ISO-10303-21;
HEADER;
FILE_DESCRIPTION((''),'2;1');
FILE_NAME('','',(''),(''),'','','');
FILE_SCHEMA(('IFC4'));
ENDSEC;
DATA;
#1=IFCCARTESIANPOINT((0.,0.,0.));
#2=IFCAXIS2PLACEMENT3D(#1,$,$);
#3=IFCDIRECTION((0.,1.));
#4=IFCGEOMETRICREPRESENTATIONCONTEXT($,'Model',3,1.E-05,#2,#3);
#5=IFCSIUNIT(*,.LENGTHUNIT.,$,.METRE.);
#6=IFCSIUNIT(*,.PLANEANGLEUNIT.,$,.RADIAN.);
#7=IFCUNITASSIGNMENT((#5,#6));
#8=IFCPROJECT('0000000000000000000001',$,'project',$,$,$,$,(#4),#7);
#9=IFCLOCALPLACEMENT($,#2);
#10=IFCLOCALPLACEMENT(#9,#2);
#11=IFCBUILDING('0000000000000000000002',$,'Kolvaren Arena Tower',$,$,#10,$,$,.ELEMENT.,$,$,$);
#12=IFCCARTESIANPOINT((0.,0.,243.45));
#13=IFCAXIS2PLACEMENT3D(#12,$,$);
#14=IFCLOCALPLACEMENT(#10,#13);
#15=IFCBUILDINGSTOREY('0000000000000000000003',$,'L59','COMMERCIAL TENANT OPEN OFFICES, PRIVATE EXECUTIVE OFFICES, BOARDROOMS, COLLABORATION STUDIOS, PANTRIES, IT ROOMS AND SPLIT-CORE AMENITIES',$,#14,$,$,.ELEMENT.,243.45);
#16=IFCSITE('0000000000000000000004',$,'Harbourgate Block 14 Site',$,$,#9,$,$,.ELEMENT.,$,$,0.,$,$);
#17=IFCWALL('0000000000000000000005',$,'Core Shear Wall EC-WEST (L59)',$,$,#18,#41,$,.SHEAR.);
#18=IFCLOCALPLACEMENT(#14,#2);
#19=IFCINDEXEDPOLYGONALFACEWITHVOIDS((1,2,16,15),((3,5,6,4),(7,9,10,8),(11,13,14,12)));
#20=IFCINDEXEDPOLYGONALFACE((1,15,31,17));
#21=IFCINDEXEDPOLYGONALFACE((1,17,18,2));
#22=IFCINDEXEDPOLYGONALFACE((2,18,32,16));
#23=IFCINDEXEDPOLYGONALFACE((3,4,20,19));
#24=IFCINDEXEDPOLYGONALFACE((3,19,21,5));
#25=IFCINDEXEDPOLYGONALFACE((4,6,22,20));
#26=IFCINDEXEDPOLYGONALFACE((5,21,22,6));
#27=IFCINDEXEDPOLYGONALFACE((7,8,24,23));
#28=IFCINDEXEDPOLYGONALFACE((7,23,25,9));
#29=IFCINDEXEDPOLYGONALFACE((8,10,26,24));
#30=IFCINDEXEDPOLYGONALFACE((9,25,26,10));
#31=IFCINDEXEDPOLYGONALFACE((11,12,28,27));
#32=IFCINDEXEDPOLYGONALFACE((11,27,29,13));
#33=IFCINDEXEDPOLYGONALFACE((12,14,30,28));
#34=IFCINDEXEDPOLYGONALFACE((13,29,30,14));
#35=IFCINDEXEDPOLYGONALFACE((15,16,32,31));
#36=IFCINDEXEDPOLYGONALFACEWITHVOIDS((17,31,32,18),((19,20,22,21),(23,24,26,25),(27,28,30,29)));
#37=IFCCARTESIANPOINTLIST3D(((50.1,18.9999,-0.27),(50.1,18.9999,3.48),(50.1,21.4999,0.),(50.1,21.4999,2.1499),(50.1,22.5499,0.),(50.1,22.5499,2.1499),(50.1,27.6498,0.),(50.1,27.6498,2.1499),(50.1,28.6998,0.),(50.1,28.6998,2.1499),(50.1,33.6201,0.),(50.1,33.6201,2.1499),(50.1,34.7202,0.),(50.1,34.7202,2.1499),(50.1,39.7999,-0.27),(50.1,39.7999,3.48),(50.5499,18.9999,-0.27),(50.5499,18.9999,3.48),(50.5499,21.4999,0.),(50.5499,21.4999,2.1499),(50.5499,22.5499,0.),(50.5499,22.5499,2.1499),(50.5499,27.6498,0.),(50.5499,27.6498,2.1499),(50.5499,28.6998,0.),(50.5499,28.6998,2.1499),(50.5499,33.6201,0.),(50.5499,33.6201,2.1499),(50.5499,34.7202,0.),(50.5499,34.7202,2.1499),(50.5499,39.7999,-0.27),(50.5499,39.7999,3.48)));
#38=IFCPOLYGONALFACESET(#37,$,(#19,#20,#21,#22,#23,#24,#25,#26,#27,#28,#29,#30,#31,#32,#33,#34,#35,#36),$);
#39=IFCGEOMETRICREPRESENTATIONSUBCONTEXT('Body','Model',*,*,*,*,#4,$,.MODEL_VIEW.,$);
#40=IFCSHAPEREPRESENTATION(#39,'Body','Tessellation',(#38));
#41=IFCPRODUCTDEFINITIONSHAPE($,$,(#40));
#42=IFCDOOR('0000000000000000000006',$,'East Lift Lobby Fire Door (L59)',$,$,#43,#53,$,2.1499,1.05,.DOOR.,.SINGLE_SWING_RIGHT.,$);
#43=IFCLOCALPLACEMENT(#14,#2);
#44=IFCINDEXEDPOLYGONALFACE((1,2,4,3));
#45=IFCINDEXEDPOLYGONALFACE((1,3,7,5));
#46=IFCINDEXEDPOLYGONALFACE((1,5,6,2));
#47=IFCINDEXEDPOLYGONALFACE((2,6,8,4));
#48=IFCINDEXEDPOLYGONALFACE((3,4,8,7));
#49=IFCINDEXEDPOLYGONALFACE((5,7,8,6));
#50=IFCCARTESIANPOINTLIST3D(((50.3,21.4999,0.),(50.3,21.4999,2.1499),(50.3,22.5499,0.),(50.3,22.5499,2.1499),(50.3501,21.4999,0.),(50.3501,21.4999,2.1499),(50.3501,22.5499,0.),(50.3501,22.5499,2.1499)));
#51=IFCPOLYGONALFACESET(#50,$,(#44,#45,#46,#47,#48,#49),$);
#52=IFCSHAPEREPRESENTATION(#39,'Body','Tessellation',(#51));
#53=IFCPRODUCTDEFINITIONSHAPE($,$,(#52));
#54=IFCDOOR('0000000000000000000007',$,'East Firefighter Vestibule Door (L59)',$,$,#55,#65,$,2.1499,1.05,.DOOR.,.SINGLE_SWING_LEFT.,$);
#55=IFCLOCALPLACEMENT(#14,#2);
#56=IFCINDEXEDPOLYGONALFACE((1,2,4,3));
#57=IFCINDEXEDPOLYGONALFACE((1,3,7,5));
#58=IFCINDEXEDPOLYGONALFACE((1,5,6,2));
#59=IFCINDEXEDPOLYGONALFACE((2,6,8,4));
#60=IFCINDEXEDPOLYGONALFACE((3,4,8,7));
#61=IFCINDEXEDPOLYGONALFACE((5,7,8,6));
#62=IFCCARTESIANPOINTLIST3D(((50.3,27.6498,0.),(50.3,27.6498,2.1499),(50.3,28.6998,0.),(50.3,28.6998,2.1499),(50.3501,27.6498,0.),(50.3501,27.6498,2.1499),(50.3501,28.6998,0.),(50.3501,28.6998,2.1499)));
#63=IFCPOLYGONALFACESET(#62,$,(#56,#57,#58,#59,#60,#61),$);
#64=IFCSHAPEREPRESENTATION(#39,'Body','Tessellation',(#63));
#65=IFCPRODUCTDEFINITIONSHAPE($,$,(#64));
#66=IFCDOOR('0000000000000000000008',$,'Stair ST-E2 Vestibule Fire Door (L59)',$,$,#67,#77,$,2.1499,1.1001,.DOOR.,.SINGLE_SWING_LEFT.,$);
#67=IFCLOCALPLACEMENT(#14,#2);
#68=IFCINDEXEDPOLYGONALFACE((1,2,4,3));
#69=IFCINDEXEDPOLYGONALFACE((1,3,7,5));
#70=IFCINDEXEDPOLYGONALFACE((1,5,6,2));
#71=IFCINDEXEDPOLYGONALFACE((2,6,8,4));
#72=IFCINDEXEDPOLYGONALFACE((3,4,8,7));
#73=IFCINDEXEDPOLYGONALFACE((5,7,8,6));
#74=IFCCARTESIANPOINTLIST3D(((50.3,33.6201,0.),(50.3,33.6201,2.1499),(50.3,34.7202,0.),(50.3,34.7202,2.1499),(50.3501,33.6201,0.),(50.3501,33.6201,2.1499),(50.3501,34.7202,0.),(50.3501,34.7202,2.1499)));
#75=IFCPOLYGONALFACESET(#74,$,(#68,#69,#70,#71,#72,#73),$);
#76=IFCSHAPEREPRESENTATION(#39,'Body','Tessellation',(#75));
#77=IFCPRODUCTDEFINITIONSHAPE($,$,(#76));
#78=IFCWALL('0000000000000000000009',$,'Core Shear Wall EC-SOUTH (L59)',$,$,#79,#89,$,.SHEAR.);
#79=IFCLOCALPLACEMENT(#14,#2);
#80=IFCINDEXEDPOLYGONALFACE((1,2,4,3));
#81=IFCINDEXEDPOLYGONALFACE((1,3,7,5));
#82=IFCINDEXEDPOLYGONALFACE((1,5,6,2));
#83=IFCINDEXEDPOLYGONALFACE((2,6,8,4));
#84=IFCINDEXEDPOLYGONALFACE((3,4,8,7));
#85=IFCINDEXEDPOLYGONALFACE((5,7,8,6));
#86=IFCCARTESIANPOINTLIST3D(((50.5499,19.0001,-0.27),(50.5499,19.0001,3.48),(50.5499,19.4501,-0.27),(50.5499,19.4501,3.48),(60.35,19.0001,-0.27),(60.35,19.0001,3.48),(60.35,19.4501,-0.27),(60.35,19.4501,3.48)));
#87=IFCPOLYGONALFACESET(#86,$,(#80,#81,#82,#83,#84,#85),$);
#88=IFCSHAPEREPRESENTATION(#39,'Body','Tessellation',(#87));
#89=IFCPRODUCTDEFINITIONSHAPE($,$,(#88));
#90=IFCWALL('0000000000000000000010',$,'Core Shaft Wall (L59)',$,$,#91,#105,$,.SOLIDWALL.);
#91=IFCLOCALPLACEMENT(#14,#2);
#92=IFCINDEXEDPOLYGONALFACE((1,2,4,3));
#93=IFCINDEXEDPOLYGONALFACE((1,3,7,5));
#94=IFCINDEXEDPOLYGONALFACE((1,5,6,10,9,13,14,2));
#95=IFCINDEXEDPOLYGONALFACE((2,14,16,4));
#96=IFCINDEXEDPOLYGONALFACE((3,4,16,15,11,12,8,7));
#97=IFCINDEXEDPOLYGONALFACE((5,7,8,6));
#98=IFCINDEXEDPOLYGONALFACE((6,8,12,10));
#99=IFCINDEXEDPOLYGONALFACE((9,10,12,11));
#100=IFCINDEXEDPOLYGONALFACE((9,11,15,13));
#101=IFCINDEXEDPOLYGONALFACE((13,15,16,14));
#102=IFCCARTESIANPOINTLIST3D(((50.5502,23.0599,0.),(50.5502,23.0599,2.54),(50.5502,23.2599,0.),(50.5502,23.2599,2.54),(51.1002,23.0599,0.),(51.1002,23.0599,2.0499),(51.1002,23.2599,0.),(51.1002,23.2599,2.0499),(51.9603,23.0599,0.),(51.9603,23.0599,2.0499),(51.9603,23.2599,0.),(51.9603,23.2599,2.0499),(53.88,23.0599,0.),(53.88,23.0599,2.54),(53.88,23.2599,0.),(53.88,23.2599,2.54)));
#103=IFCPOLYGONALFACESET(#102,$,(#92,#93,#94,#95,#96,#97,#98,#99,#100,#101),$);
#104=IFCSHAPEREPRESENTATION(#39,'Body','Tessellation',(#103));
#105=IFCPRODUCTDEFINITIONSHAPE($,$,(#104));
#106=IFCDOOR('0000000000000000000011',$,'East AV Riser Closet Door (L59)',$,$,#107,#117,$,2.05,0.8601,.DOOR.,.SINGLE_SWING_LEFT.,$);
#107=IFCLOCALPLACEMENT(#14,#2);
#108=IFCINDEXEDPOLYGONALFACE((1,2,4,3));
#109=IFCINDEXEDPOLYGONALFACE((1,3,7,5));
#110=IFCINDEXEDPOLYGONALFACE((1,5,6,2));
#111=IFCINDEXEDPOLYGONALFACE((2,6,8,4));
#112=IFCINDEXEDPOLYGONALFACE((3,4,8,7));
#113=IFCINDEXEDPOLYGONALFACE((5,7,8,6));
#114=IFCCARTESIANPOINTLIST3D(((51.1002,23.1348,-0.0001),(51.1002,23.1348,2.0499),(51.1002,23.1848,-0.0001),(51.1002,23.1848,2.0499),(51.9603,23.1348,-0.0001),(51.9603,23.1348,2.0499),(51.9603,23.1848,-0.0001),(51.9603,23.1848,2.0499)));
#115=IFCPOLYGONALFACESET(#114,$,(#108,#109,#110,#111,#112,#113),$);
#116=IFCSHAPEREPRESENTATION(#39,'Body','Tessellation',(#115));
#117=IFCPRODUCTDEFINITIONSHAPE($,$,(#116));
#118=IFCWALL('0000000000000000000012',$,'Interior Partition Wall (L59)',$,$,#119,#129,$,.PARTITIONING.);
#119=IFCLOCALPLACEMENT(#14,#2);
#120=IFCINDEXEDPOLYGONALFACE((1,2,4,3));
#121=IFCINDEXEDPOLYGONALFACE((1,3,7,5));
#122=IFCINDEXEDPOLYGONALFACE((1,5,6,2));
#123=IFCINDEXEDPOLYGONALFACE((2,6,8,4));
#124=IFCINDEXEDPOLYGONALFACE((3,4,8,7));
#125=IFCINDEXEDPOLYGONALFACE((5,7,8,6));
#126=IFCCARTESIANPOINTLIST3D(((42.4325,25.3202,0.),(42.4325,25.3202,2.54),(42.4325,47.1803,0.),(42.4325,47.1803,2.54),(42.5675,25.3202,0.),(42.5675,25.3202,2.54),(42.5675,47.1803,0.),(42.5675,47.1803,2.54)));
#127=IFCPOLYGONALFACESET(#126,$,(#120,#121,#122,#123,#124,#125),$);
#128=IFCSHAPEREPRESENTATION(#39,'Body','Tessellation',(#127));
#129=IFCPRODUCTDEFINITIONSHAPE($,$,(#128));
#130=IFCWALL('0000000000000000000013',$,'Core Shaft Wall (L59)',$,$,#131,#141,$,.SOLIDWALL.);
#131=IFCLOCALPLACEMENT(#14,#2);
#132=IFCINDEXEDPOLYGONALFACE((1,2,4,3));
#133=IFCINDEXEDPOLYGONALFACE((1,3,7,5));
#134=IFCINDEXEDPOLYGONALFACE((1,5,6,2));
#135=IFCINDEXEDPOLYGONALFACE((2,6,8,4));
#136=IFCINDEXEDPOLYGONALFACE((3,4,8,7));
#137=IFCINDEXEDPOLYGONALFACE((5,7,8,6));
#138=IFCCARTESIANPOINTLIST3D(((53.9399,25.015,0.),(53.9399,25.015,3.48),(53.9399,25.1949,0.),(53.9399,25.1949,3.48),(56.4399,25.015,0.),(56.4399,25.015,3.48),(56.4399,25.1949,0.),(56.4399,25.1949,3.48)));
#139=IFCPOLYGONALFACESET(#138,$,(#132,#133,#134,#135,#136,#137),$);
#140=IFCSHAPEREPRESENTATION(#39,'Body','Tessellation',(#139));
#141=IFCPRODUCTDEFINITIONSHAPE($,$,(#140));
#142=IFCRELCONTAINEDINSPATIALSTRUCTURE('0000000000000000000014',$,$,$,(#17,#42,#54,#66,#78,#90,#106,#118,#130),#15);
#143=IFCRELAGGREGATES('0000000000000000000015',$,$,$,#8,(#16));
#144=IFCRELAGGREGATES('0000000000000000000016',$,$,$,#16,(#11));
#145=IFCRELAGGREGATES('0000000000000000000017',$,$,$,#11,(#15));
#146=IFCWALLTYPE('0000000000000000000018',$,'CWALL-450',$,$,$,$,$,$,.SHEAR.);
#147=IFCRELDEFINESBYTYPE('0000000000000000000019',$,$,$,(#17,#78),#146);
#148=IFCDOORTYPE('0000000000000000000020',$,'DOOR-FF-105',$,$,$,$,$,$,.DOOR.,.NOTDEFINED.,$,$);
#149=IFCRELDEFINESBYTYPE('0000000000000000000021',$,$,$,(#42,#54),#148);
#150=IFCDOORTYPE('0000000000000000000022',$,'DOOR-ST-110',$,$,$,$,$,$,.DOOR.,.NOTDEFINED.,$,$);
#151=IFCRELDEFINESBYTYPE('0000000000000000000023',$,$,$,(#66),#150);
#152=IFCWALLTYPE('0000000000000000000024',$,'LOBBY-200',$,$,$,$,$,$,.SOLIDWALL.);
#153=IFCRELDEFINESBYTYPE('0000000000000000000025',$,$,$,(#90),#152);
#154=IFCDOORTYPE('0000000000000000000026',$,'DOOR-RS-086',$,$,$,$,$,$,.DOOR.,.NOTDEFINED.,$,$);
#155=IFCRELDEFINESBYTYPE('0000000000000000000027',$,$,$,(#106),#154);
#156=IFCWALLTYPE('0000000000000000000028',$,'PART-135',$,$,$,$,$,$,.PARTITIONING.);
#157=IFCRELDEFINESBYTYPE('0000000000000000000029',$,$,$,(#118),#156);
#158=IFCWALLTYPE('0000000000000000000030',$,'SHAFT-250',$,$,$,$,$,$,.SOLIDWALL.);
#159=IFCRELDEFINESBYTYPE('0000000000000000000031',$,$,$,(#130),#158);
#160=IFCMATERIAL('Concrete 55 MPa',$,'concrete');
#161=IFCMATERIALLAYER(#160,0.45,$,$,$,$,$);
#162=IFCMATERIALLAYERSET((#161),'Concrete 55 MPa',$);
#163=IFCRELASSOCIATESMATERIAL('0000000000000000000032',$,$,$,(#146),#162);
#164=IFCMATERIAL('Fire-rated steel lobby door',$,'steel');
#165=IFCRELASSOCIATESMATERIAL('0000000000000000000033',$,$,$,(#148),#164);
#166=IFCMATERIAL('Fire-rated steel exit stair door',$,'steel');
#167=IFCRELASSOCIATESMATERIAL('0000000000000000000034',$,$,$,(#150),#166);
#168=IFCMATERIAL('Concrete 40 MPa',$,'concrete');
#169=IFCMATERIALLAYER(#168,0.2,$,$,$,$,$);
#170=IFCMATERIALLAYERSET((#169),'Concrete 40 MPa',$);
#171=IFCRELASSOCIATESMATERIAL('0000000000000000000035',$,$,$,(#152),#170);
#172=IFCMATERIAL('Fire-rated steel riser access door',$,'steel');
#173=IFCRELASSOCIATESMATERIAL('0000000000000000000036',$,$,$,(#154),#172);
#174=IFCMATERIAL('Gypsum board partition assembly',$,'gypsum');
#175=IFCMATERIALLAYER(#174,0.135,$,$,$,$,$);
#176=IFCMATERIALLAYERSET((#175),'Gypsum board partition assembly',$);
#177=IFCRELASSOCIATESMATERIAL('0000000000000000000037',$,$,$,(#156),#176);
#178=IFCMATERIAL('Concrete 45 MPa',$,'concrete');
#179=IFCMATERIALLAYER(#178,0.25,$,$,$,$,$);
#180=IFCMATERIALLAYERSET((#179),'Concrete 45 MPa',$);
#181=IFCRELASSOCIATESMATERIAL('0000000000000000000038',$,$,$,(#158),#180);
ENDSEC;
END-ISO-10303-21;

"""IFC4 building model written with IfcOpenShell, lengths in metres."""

from ifc_helpers import new_model, si_unit, direction, frame, frame_2d, origin, place, context, subcontext, project, spatial, rectangle, extrude, material, layer, layer_set, type_object, element, fill, save


model = new_model("IFC4")

# Units and contexts
model_context = context("Model", 3, precision=1e-05, world=origin(), true_north=direction((0.0, 1.0)))
body_context = subcontext(model_context, "Body", "Model", "MODEL_VIEW")
ifc_project = project(units=[si_unit("LENGTHUNIT", "METRE"), si_unit("PLANEANGLEUNIT", "RADIAN")], contexts=[model_context])

# Site, building, storey
site_placement = place(None, origin())
site = spatial("IfcSite", under=ifc_project, at=site_placement, Name="Harbourgate Block 14 Site", CompositionType="ELEMENT", RefElevation=0.0)
building_placement = place(site_placement, origin())
building = spatial("IfcBuilding", under=site, at=building_placement, Name="Kolvaren Arena Tower", CompositionType="ELEMENT")
storey_placement = place(building_placement, frame((0.0, 0.0, 243.45)))
storey = spatial("IfcBuildingStorey", under=building, at=storey_placement, Name="L59", Description="COMMERCIAL TENANT OPEN OFFICES, PRIVATE EXECUTIVE OFFICES, BOARDROOMS, COLLABORATION STUDIOS, PANTRIES, IT ROOMS AND SPLIT-CORE AMENITIES", CompositionType="ELEMENT", Elevation=243.45)

# Wall, openings, doors
ifc_material_1 = material(Name="Concrete 55 MPa", Category="concrete")
ifc_layer_1 = layer(ifc_material_1, 0.45)
ifc_layer_set_1 = layer_set([ifc_layer_1], Name="Concrete 55 MPa")
wall_type_1 = type_object("IfcWallType", Name="CWALL-450", PredefinedType="SHEAR", material=ifc_layer_set_1)
wall_1_placement = place(storey_placement, frame((50.325, 19.0, -0.27), z_axis=(0.0, 0.0, 1.0), x_axis=(0.0, 1.0, 0.0)))
wall_1 = element("IfcWall", 1, at=wall_1_placement, inside=storey, type_object=wall_type_1, Name="Core Shear Wall EC-WEST (L59)", PredefinedType="SHEAR", context=body_context, shape_type="SweptSolid", body=[
    extrude(rectangle(XDim=20.8, YDim=0.45, at=frame_2d((10.3999, 0.0))), origin(), (0.0, 0.0, 1.0), 3.75),
])
opening_1_placement = place(wall_1_placement, frame((2.5, 0.0, 0.27)))
opening_1 = element("IfcOpeningElement", 2, at=opening_1_placement, cuts=wall_1, PredefinedType="OPENING", context=body_context, shape_type="SweptSolid", body=[
    extrude(rectangle(XDim=1.05, YDim=2.1499, at=frame_2d((0.5249, 1.075))), frame((0.0, 0.2349, 0.0), z_axis=(0.0, -1.0, 0.0), x_axis=(1.0, 0.0, 0.0)), (0.0, 0.0, 1.0), 0.47),
])
opening_2_placement = place(wall_1_placement, frame((8.6499, 0.0, 0.27)))
opening_2 = element("IfcOpeningElement", 3, at=opening_2_placement, cuts=wall_1, PredefinedType="OPENING", context=body_context, shape_type="SweptSolid", body=[
    extrude(rectangle(XDim=1.05, YDim=2.1499, at=frame_2d((0.5249, 1.075))), frame((0.0, 0.2349, 0.0), z_axis=(0.0, -1.0, 0.0), x_axis=(1.0, 0.0, 0.0)), (0.0, 0.0, 1.0), 0.47),
])
opening_3_placement = place(wall_1_placement, frame((14.6201, 0.0, 0.27)))
opening_3 = element("IfcOpeningElement", 4, at=opening_3_placement, cuts=wall_1, PredefinedType="OPENING", context=body_context, shape_type="SweptSolid", body=[
    extrude(rectangle(XDim=1.1001, YDim=2.1499, at=frame_2d((0.55, 1.075))), frame((0.0, 0.2349, 0.0), z_axis=(0.0, -1.0, 0.0), x_axis=(1.0, 0.0, 0.0)), (0.0, 0.0, 1.0), 0.47),
])
ifc_material_2 = material(Name="Fire-rated steel lobby door", Category="steel")
door_type_1 = type_object("IfcDoorType", Name="DOOR-FF-105", OperationType="NOTDEFINED", PredefinedType="DOOR", material=ifc_material_2)
door_1_placement = place(opening_1_placement, origin())
door_1 = element("IfcDoor", 5, at=door_1_placement, inside=storey, type_object=door_type_1, Name="East Lift Lobby Fire Door (L59)", OperationType="SINGLE_SWING_RIGHT", OverallHeight=2.1499, OverallWidth=1.05, PredefinedType="DOOR", context=body_context, shape_type="SweptSolid", body=[
    extrude(rectangle(XDim=1.05, YDim=2.1499, at=frame_2d((0.5249, 1.075))), frame((0.0, 0.0249, 0.0), z_axis=(0.0, -1.0, 0.0), x_axis=(1.0, 0.0, 0.0)), (0.0, 0.0, 1.0), 0.05),
])
fill(opening_1, door_1)
door_2_placement = place(opening_2_placement, origin())
door_2 = element("IfcDoor", 6, at=door_2_placement, inside=storey, type_object=door_type_1, Name="East Firefighter Vestibule Door (L59)", OperationType="SINGLE_SWING_LEFT", OverallHeight=2.1499, OverallWidth=1.05, PredefinedType="DOOR", context=body_context, shape_type="SweptSolid", body=[
    extrude(rectangle(XDim=1.05, YDim=2.1499, at=frame_2d((0.5249, 1.075))), frame((0.0, 0.0249, 0.0), z_axis=(0.0, -1.0, 0.0), x_axis=(1.0, 0.0, 0.0)), (0.0, 0.0, 1.0), 0.05),
])
fill(opening_2, door_2)
ifc_material_3 = material(Name="Fire-rated steel exit stair door", Category="steel")
door_type_2 = type_object("IfcDoorType", Name="DOOR-ST-110", OperationType="NOTDEFINED", PredefinedType="DOOR", material=ifc_material_3)
door_3_placement = place(opening_3_placement, origin())
door_3 = element("IfcDoor", 7, at=door_3_placement, inside=storey, type_object=door_type_2, Name="Stair ST-E2 Vestibule Fire Door (L59)", OperationType="SINGLE_SWING_LEFT", OverallHeight=2.1499, OverallWidth=1.1001, PredefinedType="DOOR", context=body_context, shape_type="SweptSolid", body=[
    extrude(rectangle(XDim=1.1001, YDim=2.1499, at=frame_2d((0.55, 1.075))), frame((0.0, 0.0249, 0.0), z_axis=(0.0, -1.0, 0.0), x_axis=(1.0, 0.0, 0.0)), (0.0, 0.0, 1.0), 0.05),
])
fill(opening_3, door_3)

# Wall
wall_2_placement = place(storey_placement, frame((50.55, 19.2251, -0.27), z_axis=(0.0, 0.0, 1.0), x_axis=(1.0, 0.0, 0.0)))
element("IfcWall", 8, at=wall_2_placement, inside=storey, type_object=wall_type_1, Name="Core Shear Wall EC-SOUTH (L59)", PredefinedType="SHEAR", context=body_context, shape_type="SweptSolid", body=[
    extrude(rectangle(XDim=9.8, YDim=0.45, at=frame_2d((4.8999, 0.0))), origin(), (0.0, 0.0, 1.0), 3.75),
])

# Shared definitions
ifc_material_4 = material(Name="Concrete 40 MPa", Category="concrete")
ifc_layer_2 = layer(ifc_material_4, 0.2)
ifc_layer_set_2 = layer_set([ifc_layer_2], Name="Concrete 40 MPa")
wall_type_2 = type_object("IfcWallType", Name="LOBBY-200", PredefinedType="SOLIDWALL", material=ifc_layer_set_2)

# Wall, opening, door
wall_3_placement = place(storey_placement, frame((50.55, 23.1599, 0.0), z_axis=(0.0, 0.0, 1.0), x_axis=(1.0, 0.0, 0.0)))
wall_3 = element("IfcWall", 9, at=wall_3_placement, inside=storey, type_object=wall_type_2, Name="Core Shaft Wall (L59)", PredefinedType="SOLIDWALL", context=body_context, shape_type="SweptSolid", body=[
    extrude(rectangle(XDim=3.3298, YDim=0.2, at=frame_2d((1.665, 0.0))), origin(), (0.0, 0.0, 1.0), 2.54),
])
opening_4_placement = place(wall_3_placement, frame((0.55, 0.0, 0.0)))
opening_4 = element("IfcOpeningElement", 10, at=opening_4_placement, cuts=wall_3, PredefinedType="OPENING", context=body_context, shape_type="SweptSolid", body=[
    extrude(rectangle(XDim=0.8601, YDim=2.05, at=frame_2d((0.4302, 1.0249))), frame((0.0, 0.1099, 0.0), z_axis=(0.0, -1.0, 0.0), x_axis=(1.0, 0.0, 0.0)), (0.0, 0.0, 1.0), 0.22),
])
ifc_material_5 = material(Name="Fire-rated steel riser access door", Category="steel")
door_type_3 = type_object("IfcDoorType", Name="DOOR-RS-086", OperationType="NOTDEFINED", PredefinedType="DOOR", material=ifc_material_5)
door_4_placement = place(opening_4_placement, origin())
door_4 = element("IfcDoor", 11, at=door_4_placement, inside=storey, type_object=door_type_3, Name="East AV Riser Closet Door (L59)", OperationType="SINGLE_SWING_LEFT", OverallHeight=2.05, OverallWidth=0.8601, PredefinedType="DOOR", context=body_context, shape_type="SweptSolid", body=[
    extrude(rectangle(XDim=0.8601, YDim=2.05, at=frame_2d((0.4302, 1.0249))), frame((0.0, 0.0249, 0.0), z_axis=(0.0, -1.0, 0.0), x_axis=(1.0, 0.0, 0.0)), (0.0, 0.0, 1.0), 0.05),
])
fill(opening_4, door_4)

# Walls
ifc_material_6 = material(Name="Gypsum board partition assembly", Category="gypsum")
ifc_layer_3 = layer(ifc_material_6, 0.135)
ifc_layer_set_3 = layer_set([ifc_layer_3], Name="Gypsum board partition assembly")
wall_type_3 = type_object("IfcWallType", Name="PART-135", PredefinedType="PARTITIONING", material=ifc_layer_set_3)
wall_4_placement = place(storey_placement, frame((42.5, 25.3201, 0.0), z_axis=(0.0, 0.0, 1.0), x_axis=(0.0, 1.0, 0.0)))
element("IfcWall", 12, at=wall_4_placement, inside=storey, type_object=wall_type_3, Name="Interior Partition Wall (L59)", PredefinedType="PARTITIONING", context=body_context, shape_type="SweptSolid", body=[
    extrude(rectangle(XDim=21.8601, YDim=0.135, at=frame_2d((10.9302, 0.0))), origin(), (0.0, 0.0, 1.0), 2.54),
])
ifc_material_7 = material(Name="Concrete 45 MPa", Category="concrete")
ifc_layer_4 = layer(ifc_material_7, 0.25)
ifc_layer_set_4 = layer_set([ifc_layer_4], Name="Concrete 45 MPa")
wall_type_4 = type_object("IfcWallType", Name="SHAFT-250", PredefinedType="SOLIDWALL", material=ifc_layer_set_4)
wall_5_placement = place(storey_placement, frame((53.9399, 25.105, 0.0), z_axis=(0.0, 0.0, 1.0), x_axis=(1.0, 0.0, 0.0)))
element("IfcWall", 13, at=wall_5_placement, inside=storey, type_object=wall_type_4, Name="Core Shaft Wall (L59)", PredefinedType="SOLIDWALL", context=body_context, shape_type="SweptSolid", body=[
    extrude(rectangle(XDim=2.5, YDim=0.1799, at=frame_2d((1.25, 0.0))), origin(), (0.0, 0.0, 1.0), 3.48),
])

save(model, "model.ifc")
